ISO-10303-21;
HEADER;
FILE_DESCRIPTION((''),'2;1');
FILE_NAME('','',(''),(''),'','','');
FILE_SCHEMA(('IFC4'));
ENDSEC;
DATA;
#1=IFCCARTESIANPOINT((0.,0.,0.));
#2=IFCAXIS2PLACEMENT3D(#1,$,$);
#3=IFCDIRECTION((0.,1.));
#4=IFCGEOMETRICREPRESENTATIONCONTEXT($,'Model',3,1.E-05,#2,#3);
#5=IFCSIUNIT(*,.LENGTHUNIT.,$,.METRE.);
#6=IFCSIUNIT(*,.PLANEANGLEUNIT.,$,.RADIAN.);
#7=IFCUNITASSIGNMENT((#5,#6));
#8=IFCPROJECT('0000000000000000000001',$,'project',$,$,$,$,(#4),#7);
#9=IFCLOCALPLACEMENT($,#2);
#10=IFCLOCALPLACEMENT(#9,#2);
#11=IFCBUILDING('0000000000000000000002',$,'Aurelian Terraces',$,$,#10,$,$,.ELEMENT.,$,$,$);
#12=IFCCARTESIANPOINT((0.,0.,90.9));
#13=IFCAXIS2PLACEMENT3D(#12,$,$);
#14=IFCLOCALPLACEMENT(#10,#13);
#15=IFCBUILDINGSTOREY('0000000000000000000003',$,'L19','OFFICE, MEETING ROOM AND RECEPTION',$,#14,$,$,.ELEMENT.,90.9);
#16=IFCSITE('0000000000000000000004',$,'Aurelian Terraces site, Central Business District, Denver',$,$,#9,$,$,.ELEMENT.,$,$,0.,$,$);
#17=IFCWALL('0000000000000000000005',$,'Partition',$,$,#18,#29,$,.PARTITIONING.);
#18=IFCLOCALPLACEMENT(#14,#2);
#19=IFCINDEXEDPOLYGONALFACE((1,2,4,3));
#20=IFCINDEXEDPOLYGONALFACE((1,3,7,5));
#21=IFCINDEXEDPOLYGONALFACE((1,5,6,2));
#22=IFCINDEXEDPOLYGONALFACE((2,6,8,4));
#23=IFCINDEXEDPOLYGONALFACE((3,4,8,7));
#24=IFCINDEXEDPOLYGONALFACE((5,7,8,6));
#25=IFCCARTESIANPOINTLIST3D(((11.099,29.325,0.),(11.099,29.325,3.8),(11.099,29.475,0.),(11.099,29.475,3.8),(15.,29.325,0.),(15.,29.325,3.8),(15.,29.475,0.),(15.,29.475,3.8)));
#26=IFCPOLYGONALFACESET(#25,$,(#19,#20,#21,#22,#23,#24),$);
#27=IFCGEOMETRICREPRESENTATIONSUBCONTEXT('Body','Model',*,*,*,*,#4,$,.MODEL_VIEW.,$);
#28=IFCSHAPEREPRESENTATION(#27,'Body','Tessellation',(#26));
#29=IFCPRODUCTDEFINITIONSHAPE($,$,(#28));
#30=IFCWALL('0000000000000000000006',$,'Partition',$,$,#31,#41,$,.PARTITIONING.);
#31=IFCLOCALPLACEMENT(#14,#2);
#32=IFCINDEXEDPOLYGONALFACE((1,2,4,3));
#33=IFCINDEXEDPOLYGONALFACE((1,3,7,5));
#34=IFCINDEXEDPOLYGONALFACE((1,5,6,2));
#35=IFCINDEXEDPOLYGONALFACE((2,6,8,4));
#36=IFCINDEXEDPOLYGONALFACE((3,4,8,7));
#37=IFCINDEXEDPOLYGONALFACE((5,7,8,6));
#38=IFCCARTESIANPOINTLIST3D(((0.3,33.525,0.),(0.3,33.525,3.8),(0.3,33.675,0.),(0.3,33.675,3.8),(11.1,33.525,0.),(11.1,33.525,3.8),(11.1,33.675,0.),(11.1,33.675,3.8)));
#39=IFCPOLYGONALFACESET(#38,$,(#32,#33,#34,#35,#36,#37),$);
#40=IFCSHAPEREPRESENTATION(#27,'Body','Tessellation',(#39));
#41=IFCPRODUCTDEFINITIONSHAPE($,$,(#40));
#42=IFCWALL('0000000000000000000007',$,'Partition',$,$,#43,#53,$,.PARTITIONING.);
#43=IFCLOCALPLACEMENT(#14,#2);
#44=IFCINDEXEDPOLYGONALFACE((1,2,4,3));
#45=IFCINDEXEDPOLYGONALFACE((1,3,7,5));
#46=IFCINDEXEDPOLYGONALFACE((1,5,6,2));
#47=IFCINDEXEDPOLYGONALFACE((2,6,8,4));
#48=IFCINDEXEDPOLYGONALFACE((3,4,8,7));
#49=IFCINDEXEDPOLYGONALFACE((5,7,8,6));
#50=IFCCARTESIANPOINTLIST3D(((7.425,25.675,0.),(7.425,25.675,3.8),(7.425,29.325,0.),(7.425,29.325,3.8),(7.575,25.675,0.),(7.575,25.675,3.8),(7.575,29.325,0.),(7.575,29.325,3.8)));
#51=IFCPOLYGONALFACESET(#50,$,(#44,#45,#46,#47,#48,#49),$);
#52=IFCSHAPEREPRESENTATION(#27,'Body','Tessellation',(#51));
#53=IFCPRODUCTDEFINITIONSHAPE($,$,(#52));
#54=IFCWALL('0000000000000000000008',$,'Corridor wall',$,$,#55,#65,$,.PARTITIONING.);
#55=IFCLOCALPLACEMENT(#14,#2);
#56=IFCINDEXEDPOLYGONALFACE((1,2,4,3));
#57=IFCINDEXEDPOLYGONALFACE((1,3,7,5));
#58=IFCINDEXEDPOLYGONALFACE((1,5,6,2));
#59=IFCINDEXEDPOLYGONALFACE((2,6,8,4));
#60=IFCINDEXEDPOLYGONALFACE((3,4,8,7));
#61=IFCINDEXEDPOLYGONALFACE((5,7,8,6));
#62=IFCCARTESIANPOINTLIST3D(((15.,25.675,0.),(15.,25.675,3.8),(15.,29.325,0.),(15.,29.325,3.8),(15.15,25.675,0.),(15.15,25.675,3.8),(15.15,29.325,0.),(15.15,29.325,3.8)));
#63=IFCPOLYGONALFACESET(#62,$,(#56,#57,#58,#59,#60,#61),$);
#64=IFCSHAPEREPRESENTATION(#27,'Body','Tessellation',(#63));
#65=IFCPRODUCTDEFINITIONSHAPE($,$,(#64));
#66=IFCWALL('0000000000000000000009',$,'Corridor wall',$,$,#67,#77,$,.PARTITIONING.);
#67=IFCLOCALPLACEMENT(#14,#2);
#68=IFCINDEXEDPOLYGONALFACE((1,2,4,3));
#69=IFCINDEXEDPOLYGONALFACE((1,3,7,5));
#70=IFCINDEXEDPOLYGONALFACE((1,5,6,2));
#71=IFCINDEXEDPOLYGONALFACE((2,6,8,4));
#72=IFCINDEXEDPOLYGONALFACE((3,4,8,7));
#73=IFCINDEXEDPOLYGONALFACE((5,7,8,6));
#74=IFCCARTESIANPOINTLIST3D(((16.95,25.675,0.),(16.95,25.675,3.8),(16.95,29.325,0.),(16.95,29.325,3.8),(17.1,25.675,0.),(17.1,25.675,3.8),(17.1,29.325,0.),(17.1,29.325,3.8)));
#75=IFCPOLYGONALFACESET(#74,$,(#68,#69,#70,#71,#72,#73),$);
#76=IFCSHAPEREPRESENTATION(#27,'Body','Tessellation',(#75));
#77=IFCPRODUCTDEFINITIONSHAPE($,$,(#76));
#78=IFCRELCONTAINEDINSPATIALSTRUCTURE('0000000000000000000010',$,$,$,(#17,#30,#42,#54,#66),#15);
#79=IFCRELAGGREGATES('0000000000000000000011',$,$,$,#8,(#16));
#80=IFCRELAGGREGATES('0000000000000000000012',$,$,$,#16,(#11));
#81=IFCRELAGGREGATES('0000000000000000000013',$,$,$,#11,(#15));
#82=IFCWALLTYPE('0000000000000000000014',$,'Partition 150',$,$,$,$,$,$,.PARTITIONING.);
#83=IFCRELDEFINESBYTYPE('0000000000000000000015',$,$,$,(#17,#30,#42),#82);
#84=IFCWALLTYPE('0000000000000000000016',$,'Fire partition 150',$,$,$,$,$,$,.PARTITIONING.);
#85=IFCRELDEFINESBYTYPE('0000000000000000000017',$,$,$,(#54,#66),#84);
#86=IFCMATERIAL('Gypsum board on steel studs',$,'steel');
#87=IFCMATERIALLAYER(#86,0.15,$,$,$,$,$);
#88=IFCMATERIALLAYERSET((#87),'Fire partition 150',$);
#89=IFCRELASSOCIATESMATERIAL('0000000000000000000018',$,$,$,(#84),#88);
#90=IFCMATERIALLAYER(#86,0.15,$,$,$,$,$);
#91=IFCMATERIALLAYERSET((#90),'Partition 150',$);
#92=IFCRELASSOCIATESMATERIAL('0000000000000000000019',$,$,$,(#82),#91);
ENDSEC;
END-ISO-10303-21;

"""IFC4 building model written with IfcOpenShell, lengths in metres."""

from ifc_helpers import new_model, si_unit, direction, frame, frame_2d, origin, place, context, subcontext, project, spatial, rectangle, extrude, source, transform, mapped, material, layer, layer_set, type_object, element, save


model = new_model("IFC4")

# Units and contexts
model_context = context("Model", 3, precision=1e-05, world=origin(), true_north=direction((0.0, 1.0)))
body_context = subcontext(model_context, "Body", "Model", "MODEL_VIEW")
ifc_project = project(units=[si_unit("LENGTHUNIT", "METRE"), si_unit("PLANEANGLEUNIT", "RADIAN")], contexts=[model_context])

# Site, building, storey
site_placement = place(None, origin())
site = spatial("IfcSite", under=ifc_project, at=site_placement, Name="Aurelian Terraces site, Central Business District, Denver", CompositionType="ELEMENT", RefElevation=0.0)
building_placement = place(site_placement, origin())
building = spatial("IfcBuilding", under=site, at=building_placement, Name="Aurelian Terraces", CompositionType="ELEMENT")
storey_placement = place(building_placement, frame((0.0, 0.0, 90.9)))
storey = spatial("IfcBuildingStorey", under=building, at=storey_placement, Name="L19", Description="OFFICE, MEETING ROOM AND RECEPTION", CompositionType="ELEMENT", Elevation=90.9)

# Shared definitions
ifc_material_1 = material(Name="Gypsum board on steel studs", Category="steel")

# Shared definitions
ifc_layer_1 = layer(ifc_material_1, 0.15)
ifc_layer_set_1 = layer_set([ifc_layer_1], Name="Fire partition 150")
wall_type_1 = type_object("IfcWallType", Name="Fire partition 150", PredefinedType="PARTITIONING", material=ifc_layer_set_1)

# Shared definitions
ifc_layer_2 = layer(ifc_material_1, 0.15)
ifc_layer_set_2 = layer_set([ifc_layer_2], Name="Partition 150")
wall_type_2 = type_object("IfcWallType", Name="Partition 150", PredefinedType="PARTITIONING", material=ifc_layer_set_2)

# Walls
shared_shape_1 = source(origin(), body_context, "Body", "SweptSolid", [
    extrude(rectangle(XDim=3.901, YDim=0.15, at=frame_2d((1.9505, 0.0))), origin(), (0.0, 0.0, 1.0), 3.8),
])
wall_1_placement = place(storey_placement, frame((15.0, 29.4, 0.0), z_axis=(0.0, 0.0, 1.0), x_axis=(-1.0, 0.0, 0.0)))
element("IfcWall", 1, at=wall_1_placement, inside=storey, type_object=wall_type_2, Name="Partition", PredefinedType="PARTITIONING", context=body_context, shape_type="MappedRepresentation", body=[
    mapped(shared_shape_1, transform((0.0, 0.0, 0.0), scale=1.0)),
])
shared_shape_2 = source(origin(), body_context, "Body", "SweptSolid", [
    extrude(rectangle(XDim=10.8, YDim=0.15, at=frame_2d((5.4, 0.0))), origin(), (0.0, 0.0, 1.0), 3.8),
])
wall_2_placement = place(storey_placement, frame((11.1, 33.6, 0.0), z_axis=(0.0, 0.0, 1.0), x_axis=(-1.0, 0.0, 0.0)))
element("IfcWall", 2, at=wall_2_placement, inside=storey, type_object=wall_type_2, Name="Partition", PredefinedType="PARTITIONING", context=body_context, shape_type="MappedRepresentation", body=[
    mapped(shared_shape_2, transform((0.0, 0.0, 0.0), scale=1.0)),
])
shared_shape_3 = source(origin(), body_context, "Body", "SweptSolid", [
    extrude(rectangle(XDim=3.65, YDim=0.15, at=frame_2d((1.825, 0.0))), origin(), (0.0, 0.0, 1.0), 3.8),
])
wall_3_placement = place(storey_placement, frame((7.5, 25.675, 0.0), z_axis=(0.0, 0.0, 1.0), x_axis=(0.0, 1.0, 0.0)))
element("IfcWall", 3, at=wall_3_placement, inside=storey, type_object=wall_type_2, Name="Partition", PredefinedType="PARTITIONING", context=body_context, shape_type="MappedRepresentation", body=[
    mapped(shared_shape_3, transform((0.0, 0.0, 0.0), scale=1.0)),
])
for number, where, z_axis, x_axis, name in (
    (4, (15.075, 25.675, 0.0), (0.0, 0.0, 1.0), (0.0, 1.0, 0.0), "Corridor wall"),
    (5, (17.025, 29.325, 0.0), (0.0, 0.0, 1.0), (0.0, -1.0, 0.0), "Corridor wall"),
):
    element("IfcWall", number, at=place(storey_placement, frame(where, z_axis=z_axis, x_axis=x_axis)), inside=storey, type_object=wall_type_1, Name=name, PredefinedType="PARTITIONING", context=body_context, shape_type="MappedRepresentation", body=[
        mapped(shared_shape_3, transform((0.0, 0.0, 0.0), scale=1.0)),
    ])

save(model, "model.ifc")
